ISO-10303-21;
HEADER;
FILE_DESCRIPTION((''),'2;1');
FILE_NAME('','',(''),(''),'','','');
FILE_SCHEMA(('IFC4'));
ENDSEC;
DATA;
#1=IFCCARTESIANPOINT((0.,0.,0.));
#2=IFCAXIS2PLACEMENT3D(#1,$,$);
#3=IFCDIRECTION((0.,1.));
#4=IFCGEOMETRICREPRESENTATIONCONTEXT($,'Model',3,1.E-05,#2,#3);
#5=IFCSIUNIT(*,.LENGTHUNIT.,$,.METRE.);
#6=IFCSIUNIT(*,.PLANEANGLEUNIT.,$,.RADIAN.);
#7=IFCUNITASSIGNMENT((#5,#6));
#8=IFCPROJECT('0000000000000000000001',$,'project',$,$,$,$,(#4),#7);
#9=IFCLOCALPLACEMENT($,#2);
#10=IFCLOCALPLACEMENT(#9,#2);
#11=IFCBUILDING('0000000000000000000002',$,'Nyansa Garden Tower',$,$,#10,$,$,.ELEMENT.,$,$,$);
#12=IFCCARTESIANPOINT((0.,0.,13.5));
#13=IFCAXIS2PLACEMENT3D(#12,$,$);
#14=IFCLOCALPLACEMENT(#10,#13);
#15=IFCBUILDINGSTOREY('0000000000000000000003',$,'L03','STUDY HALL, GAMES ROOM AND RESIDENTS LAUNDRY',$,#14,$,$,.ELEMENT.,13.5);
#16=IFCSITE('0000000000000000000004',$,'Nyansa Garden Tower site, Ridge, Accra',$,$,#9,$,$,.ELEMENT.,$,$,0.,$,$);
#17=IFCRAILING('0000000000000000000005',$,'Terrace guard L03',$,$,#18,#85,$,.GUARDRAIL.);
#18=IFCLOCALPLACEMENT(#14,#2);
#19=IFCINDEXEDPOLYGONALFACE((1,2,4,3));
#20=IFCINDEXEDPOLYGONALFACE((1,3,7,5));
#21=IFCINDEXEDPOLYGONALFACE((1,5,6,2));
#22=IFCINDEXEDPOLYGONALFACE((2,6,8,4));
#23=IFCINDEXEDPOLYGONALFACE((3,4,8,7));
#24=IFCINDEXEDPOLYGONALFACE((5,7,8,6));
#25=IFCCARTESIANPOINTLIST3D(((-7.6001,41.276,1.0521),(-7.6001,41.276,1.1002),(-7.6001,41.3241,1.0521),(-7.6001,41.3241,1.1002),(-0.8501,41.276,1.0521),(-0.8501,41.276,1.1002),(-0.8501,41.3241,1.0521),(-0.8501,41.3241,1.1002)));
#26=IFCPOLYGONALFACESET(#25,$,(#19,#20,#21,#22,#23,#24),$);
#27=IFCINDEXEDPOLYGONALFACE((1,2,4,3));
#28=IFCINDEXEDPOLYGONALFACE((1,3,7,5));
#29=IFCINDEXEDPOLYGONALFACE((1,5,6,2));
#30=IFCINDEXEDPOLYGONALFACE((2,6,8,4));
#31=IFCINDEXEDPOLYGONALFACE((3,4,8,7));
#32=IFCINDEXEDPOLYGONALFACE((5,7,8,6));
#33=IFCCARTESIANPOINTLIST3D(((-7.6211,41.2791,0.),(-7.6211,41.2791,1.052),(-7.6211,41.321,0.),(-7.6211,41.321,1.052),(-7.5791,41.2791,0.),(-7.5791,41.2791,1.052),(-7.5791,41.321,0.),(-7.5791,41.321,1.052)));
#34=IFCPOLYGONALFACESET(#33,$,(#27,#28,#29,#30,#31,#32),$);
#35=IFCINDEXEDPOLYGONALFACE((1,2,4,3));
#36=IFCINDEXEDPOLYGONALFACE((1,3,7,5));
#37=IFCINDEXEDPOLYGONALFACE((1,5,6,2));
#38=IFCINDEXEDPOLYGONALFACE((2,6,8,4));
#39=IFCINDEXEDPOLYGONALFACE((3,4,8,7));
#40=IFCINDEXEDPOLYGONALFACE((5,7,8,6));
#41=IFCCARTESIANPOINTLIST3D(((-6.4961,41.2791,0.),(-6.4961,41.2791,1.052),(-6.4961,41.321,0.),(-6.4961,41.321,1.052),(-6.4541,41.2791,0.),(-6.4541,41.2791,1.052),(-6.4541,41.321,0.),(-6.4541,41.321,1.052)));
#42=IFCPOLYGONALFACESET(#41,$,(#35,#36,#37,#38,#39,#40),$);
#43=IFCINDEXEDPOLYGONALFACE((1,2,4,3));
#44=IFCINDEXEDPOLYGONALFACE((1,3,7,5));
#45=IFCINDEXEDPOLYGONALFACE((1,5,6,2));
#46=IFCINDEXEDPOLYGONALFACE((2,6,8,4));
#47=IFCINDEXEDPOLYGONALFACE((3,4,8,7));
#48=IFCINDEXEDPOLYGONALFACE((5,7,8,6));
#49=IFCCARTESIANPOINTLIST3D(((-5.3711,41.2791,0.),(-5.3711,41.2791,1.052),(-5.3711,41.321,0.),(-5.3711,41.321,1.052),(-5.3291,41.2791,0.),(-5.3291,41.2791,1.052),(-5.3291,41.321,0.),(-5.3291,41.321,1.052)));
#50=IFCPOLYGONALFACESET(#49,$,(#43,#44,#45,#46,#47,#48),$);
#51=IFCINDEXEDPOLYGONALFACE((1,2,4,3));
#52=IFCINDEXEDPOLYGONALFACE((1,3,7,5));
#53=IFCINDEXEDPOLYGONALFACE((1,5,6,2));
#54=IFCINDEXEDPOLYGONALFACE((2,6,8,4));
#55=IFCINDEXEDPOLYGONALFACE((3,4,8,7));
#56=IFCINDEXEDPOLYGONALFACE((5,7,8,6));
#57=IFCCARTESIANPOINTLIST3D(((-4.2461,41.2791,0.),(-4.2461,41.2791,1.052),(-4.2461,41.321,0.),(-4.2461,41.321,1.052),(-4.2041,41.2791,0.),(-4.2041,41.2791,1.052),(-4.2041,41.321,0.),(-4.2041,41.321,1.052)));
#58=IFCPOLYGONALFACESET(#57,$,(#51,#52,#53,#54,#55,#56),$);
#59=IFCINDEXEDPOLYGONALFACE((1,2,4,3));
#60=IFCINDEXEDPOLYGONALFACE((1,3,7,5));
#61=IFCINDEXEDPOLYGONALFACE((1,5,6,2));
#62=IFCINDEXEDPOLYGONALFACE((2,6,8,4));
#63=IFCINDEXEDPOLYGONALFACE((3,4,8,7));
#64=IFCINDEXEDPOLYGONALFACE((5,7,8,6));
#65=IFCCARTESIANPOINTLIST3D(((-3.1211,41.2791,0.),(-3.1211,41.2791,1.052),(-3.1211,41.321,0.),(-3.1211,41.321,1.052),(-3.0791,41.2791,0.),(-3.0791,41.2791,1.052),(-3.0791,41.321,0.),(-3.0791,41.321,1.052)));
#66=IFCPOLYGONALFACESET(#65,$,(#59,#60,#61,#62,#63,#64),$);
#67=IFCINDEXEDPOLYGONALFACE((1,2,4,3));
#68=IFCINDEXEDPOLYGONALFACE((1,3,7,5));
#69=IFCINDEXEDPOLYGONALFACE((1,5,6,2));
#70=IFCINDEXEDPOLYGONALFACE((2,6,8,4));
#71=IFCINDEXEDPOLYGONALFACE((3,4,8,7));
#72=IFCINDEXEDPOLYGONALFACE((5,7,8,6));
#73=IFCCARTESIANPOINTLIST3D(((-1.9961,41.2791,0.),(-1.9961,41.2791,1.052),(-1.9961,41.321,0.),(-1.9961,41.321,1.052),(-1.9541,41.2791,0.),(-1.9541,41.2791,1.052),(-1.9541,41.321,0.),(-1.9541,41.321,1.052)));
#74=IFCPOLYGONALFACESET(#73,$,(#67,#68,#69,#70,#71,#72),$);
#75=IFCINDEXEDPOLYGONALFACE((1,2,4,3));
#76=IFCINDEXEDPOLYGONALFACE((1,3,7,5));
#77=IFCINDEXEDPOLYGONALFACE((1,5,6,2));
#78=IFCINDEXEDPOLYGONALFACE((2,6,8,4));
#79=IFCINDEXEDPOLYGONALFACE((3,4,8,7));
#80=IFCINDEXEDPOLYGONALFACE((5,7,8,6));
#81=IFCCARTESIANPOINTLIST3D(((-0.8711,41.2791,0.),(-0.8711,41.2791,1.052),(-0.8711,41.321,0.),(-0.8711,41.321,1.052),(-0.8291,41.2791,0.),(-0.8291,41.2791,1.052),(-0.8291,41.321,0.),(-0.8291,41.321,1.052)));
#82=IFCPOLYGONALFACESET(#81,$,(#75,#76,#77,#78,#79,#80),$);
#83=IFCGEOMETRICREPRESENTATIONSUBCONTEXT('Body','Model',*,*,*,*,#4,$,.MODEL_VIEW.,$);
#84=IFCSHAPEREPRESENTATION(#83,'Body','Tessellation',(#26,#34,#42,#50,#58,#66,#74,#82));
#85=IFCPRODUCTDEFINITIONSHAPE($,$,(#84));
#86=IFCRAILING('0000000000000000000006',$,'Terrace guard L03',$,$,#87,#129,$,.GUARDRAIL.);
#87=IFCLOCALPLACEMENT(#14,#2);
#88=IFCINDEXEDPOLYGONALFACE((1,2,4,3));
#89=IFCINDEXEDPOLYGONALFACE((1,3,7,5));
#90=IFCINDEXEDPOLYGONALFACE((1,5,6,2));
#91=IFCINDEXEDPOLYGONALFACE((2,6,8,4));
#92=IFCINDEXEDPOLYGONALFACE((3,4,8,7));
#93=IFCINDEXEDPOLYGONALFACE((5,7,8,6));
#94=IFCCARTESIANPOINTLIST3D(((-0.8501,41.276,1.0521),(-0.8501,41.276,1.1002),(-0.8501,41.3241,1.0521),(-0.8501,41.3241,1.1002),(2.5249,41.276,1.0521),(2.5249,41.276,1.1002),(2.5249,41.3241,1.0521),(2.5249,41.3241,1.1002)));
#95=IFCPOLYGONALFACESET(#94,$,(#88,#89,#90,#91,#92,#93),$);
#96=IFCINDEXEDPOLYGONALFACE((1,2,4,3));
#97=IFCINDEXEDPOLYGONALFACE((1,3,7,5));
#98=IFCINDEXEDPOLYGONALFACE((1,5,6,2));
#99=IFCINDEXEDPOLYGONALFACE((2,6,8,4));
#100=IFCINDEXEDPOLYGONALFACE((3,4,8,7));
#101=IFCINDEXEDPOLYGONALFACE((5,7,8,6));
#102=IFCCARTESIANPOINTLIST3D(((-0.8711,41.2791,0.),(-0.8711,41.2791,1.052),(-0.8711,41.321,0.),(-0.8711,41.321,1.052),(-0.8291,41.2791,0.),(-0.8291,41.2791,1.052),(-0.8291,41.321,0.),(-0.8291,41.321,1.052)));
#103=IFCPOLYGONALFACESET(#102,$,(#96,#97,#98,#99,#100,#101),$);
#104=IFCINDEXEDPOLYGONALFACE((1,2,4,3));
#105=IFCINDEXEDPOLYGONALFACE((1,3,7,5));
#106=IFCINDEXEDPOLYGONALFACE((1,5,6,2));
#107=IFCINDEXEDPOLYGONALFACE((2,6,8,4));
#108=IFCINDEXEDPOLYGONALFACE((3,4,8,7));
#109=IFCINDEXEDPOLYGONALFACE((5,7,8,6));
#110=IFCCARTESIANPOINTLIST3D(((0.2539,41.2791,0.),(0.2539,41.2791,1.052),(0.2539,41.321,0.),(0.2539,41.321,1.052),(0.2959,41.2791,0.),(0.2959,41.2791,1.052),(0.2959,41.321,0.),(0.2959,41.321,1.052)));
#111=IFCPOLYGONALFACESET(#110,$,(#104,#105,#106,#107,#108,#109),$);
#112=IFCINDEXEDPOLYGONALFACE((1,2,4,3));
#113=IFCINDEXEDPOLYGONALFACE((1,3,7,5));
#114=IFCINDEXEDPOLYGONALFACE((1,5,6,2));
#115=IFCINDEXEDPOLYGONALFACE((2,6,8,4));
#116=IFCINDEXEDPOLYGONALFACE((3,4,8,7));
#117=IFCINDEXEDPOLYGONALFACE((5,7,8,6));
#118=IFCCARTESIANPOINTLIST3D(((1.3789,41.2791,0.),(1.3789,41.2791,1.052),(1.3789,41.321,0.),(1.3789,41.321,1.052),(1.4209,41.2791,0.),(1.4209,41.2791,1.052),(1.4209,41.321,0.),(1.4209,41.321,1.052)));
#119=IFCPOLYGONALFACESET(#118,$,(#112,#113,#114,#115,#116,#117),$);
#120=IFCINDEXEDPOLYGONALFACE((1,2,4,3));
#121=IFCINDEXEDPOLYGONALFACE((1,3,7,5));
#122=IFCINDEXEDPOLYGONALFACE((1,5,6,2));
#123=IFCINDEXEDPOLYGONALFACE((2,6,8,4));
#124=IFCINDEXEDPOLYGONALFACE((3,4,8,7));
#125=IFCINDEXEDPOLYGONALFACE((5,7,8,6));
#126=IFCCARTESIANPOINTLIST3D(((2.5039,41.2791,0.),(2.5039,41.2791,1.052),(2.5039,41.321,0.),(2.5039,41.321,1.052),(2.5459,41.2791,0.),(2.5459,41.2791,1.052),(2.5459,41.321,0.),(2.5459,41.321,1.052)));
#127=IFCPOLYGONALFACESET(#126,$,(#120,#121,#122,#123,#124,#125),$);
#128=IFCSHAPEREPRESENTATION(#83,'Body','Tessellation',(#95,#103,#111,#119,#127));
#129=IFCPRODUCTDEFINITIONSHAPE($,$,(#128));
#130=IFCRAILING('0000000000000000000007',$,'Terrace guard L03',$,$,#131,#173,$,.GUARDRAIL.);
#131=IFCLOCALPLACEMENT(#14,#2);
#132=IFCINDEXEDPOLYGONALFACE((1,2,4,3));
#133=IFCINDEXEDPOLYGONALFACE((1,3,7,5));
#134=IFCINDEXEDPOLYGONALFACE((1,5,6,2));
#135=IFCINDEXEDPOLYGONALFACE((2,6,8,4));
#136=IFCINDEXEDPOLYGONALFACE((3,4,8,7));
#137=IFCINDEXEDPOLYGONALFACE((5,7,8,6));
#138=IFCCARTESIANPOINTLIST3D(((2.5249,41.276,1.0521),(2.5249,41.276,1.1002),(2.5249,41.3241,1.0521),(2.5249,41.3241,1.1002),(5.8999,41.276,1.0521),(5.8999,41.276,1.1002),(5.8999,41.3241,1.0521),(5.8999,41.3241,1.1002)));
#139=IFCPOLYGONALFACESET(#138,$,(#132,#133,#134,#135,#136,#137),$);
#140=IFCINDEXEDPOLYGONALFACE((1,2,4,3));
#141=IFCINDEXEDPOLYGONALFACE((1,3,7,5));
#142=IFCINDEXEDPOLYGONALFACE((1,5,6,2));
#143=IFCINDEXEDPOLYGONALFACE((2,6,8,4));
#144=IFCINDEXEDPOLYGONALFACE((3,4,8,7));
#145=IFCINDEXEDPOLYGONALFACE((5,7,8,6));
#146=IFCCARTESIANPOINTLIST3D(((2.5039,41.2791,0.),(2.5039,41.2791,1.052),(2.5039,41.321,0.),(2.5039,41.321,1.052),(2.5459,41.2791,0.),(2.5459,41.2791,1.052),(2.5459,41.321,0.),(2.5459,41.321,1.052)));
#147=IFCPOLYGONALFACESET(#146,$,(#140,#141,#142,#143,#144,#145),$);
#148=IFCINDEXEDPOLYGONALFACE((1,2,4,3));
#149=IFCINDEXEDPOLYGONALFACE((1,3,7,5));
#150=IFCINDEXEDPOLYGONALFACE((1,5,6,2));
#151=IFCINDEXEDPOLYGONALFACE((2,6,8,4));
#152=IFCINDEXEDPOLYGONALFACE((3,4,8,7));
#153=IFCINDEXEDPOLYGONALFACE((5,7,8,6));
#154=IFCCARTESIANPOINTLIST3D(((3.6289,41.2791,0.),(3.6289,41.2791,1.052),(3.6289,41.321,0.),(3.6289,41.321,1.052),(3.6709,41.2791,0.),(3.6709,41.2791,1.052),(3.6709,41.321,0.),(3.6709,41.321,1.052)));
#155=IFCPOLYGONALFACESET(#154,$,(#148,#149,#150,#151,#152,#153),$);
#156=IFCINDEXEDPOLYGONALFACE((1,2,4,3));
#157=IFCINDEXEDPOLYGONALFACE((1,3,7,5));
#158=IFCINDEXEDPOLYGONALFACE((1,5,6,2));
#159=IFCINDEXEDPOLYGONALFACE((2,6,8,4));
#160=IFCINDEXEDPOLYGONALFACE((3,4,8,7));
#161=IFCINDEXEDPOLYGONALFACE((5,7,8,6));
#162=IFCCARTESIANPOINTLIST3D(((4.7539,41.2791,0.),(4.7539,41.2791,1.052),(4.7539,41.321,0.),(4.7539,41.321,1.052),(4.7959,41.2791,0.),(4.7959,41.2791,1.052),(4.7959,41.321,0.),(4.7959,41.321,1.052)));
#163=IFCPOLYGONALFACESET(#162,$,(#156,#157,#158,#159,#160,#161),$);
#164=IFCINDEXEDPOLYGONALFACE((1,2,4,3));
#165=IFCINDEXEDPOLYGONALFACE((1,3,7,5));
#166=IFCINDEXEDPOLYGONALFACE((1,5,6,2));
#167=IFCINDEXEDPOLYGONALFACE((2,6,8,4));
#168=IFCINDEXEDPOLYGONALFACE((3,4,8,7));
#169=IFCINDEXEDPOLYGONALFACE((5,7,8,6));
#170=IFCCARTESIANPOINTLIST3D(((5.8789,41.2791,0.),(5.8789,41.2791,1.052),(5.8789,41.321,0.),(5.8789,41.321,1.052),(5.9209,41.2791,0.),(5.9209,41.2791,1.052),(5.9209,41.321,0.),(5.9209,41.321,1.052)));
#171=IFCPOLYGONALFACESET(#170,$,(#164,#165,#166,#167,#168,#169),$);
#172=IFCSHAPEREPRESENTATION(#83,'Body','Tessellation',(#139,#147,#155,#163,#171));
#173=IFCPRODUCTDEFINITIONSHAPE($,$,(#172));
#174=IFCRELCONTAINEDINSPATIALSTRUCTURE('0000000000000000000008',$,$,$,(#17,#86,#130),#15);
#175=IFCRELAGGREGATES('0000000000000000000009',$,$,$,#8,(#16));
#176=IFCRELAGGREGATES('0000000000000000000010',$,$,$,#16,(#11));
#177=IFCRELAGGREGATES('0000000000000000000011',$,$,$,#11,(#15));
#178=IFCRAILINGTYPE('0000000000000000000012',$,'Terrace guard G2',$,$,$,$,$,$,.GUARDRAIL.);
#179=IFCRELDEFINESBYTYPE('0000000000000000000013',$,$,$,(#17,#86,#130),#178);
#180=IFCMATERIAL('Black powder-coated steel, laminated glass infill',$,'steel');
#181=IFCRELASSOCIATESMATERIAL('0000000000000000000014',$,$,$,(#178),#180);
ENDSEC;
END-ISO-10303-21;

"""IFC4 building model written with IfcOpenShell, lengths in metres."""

from ifc_helpers import new_model, si_unit, direction, frame, origin, origin_2d, place, context, subcontext, project, spatial, rectangle, extrude, material, type_object, element, save


model = new_model("IFC4")

# Units and contexts
model_context = context("Model", 3, precision=1e-05, world=origin(), true_north=direction((0.0, 1.0)))
body_context = subcontext(model_context, "Body", "Model", "MODEL_VIEW")
ifc_project = project(units=[si_unit("LENGTHUNIT", "METRE"), si_unit("PLANEANGLEUNIT", "RADIAN")], contexts=[model_context])

# Site, building, storey
site_placement = place(None, origin())
site = spatial("IfcSite", under=ifc_project, at=site_placement, Name="Nyansa Garden Tower site, Ridge, Accra", CompositionType="ELEMENT", RefElevation=0.0)
building_placement = place(site_placement, origin())
building = spatial("IfcBuilding", under=site, at=building_placement, Name="Nyansa Garden Tower", CompositionType="ELEMENT")
storey_placement = place(building_placement, frame((0.0, 0.0, 13.5)))
storey = spatial("IfcBuildingStorey", under=building, at=storey_placement, Name="L03", Description="STUDY HALL, GAMES ROOM AND RESIDENTS LAUNDRY", CompositionType="ELEMENT", Elevation=13.5)

# Railings
ifc_material_1 = material(Name="Black powder-coated steel, laminated glass infill", Category="steel")
railing_type_1 = type_object("IfcRailingType", Name="Terrace guard G2", PredefinedType="GUARDRAIL", material=ifc_material_1)
railing_1_placement = place(storey_placement, frame((-7.6001, 41.3, 0.0)))
element("IfcRailing", 1, at=railing_1_placement, inside=storey, type_object=railing_type_1, Name="Terrace guard L03", PredefinedType="GUARDRAIL", context=body_context, shape_type="SweptSolid", body=[
    extrude(rectangle(XDim=0.0481, YDim=0.0481, at=origin_2d()), frame((0.0, 0.0, 1.0762), z_axis=(1.0, 0.0, 0.0), x_axis=(0.0, 1.0, 0.0)), (0.0, 0.0, 1.0), 6.75),
    extrude(rectangle(XDim=0.042, YDim=0.042, at=origin_2d()), origin(), (0.0, 0.0, 1.0), 1.052),
    extrude(rectangle(XDim=0.042, YDim=0.042, at=origin_2d()), frame((1.125, 0.0, 0.0)), (0.0, 0.0, 1.0), 1.052),
    extrude(rectangle(XDim=0.042, YDim=0.042, at=origin_2d()), frame((2.25, 0.0, 0.0)), (0.0, 0.0, 1.0), 1.052),
    extrude(rectangle(XDim=0.042, YDim=0.042, at=origin_2d()), frame((3.375, 0.0, 0.0)), (0.0, 0.0, 1.0), 1.052),
    extrude(rectangle(XDim=0.042, YDim=0.042, at=origin_2d()), frame((4.5, 0.0, 0.0)), (0.0, 0.0, 1.0), 1.052),
    extrude(rectangle(XDim=0.042, YDim=0.042, at=origin_2d()), frame((5.625, 0.0, 0.0)), (0.0, 0.0, 1.0), 1.052),
    extrude(rectangle(XDim=0.042, YDim=0.042, at=origin_2d()), frame((6.75, 0.0, 0.0)), (0.0, 0.0, 1.0), 1.052),
])
for number, where, name in (
    (2, (-0.8501, 41.3, 0.0), "Terrace guard L03"),
    (3, (2.5249, 41.3, 0.0), "Terrace guard L03"),
):
    element("IfcRailing", number, at=place(storey_placement, frame(where)), inside=storey, type_object=railing_type_1, Name=name, PredefinedType="GUARDRAIL", context=body_context, shape_type="SweptSolid", body=[
        extrude(rectangle(XDim=0.0481, YDim=0.0481, at=origin_2d()), frame((0.0, 0.0, 1.0762), z_axis=(1.0, 0.0, 0.0), x_axis=(0.0, 1.0, 0.0)), (0.0, 0.0, 1.0), 3.375),
        extrude(rectangle(XDim=0.042, YDim=0.042, at=origin_2d()), origin(), (0.0, 0.0, 1.0), 1.052),
        extrude(rectangle(XDim=0.042, YDim=0.042, at=origin_2d()), frame((1.125, 0.0, 0.0)), (0.0, 0.0, 1.0), 1.052),
        extrude(rectangle(XDim=0.042, YDim=0.042, at=origin_2d()), frame((2.25, 0.0, 0.0)), (0.0, 0.0, 1.0), 1.052),
        extrude(rectangle(XDim=0.042, YDim=0.042, at=origin_2d()), frame((3.375, 0.0, 0.0)), (0.0, 0.0, 1.0), 1.052),
    ])

save(model, "model.ifc")
